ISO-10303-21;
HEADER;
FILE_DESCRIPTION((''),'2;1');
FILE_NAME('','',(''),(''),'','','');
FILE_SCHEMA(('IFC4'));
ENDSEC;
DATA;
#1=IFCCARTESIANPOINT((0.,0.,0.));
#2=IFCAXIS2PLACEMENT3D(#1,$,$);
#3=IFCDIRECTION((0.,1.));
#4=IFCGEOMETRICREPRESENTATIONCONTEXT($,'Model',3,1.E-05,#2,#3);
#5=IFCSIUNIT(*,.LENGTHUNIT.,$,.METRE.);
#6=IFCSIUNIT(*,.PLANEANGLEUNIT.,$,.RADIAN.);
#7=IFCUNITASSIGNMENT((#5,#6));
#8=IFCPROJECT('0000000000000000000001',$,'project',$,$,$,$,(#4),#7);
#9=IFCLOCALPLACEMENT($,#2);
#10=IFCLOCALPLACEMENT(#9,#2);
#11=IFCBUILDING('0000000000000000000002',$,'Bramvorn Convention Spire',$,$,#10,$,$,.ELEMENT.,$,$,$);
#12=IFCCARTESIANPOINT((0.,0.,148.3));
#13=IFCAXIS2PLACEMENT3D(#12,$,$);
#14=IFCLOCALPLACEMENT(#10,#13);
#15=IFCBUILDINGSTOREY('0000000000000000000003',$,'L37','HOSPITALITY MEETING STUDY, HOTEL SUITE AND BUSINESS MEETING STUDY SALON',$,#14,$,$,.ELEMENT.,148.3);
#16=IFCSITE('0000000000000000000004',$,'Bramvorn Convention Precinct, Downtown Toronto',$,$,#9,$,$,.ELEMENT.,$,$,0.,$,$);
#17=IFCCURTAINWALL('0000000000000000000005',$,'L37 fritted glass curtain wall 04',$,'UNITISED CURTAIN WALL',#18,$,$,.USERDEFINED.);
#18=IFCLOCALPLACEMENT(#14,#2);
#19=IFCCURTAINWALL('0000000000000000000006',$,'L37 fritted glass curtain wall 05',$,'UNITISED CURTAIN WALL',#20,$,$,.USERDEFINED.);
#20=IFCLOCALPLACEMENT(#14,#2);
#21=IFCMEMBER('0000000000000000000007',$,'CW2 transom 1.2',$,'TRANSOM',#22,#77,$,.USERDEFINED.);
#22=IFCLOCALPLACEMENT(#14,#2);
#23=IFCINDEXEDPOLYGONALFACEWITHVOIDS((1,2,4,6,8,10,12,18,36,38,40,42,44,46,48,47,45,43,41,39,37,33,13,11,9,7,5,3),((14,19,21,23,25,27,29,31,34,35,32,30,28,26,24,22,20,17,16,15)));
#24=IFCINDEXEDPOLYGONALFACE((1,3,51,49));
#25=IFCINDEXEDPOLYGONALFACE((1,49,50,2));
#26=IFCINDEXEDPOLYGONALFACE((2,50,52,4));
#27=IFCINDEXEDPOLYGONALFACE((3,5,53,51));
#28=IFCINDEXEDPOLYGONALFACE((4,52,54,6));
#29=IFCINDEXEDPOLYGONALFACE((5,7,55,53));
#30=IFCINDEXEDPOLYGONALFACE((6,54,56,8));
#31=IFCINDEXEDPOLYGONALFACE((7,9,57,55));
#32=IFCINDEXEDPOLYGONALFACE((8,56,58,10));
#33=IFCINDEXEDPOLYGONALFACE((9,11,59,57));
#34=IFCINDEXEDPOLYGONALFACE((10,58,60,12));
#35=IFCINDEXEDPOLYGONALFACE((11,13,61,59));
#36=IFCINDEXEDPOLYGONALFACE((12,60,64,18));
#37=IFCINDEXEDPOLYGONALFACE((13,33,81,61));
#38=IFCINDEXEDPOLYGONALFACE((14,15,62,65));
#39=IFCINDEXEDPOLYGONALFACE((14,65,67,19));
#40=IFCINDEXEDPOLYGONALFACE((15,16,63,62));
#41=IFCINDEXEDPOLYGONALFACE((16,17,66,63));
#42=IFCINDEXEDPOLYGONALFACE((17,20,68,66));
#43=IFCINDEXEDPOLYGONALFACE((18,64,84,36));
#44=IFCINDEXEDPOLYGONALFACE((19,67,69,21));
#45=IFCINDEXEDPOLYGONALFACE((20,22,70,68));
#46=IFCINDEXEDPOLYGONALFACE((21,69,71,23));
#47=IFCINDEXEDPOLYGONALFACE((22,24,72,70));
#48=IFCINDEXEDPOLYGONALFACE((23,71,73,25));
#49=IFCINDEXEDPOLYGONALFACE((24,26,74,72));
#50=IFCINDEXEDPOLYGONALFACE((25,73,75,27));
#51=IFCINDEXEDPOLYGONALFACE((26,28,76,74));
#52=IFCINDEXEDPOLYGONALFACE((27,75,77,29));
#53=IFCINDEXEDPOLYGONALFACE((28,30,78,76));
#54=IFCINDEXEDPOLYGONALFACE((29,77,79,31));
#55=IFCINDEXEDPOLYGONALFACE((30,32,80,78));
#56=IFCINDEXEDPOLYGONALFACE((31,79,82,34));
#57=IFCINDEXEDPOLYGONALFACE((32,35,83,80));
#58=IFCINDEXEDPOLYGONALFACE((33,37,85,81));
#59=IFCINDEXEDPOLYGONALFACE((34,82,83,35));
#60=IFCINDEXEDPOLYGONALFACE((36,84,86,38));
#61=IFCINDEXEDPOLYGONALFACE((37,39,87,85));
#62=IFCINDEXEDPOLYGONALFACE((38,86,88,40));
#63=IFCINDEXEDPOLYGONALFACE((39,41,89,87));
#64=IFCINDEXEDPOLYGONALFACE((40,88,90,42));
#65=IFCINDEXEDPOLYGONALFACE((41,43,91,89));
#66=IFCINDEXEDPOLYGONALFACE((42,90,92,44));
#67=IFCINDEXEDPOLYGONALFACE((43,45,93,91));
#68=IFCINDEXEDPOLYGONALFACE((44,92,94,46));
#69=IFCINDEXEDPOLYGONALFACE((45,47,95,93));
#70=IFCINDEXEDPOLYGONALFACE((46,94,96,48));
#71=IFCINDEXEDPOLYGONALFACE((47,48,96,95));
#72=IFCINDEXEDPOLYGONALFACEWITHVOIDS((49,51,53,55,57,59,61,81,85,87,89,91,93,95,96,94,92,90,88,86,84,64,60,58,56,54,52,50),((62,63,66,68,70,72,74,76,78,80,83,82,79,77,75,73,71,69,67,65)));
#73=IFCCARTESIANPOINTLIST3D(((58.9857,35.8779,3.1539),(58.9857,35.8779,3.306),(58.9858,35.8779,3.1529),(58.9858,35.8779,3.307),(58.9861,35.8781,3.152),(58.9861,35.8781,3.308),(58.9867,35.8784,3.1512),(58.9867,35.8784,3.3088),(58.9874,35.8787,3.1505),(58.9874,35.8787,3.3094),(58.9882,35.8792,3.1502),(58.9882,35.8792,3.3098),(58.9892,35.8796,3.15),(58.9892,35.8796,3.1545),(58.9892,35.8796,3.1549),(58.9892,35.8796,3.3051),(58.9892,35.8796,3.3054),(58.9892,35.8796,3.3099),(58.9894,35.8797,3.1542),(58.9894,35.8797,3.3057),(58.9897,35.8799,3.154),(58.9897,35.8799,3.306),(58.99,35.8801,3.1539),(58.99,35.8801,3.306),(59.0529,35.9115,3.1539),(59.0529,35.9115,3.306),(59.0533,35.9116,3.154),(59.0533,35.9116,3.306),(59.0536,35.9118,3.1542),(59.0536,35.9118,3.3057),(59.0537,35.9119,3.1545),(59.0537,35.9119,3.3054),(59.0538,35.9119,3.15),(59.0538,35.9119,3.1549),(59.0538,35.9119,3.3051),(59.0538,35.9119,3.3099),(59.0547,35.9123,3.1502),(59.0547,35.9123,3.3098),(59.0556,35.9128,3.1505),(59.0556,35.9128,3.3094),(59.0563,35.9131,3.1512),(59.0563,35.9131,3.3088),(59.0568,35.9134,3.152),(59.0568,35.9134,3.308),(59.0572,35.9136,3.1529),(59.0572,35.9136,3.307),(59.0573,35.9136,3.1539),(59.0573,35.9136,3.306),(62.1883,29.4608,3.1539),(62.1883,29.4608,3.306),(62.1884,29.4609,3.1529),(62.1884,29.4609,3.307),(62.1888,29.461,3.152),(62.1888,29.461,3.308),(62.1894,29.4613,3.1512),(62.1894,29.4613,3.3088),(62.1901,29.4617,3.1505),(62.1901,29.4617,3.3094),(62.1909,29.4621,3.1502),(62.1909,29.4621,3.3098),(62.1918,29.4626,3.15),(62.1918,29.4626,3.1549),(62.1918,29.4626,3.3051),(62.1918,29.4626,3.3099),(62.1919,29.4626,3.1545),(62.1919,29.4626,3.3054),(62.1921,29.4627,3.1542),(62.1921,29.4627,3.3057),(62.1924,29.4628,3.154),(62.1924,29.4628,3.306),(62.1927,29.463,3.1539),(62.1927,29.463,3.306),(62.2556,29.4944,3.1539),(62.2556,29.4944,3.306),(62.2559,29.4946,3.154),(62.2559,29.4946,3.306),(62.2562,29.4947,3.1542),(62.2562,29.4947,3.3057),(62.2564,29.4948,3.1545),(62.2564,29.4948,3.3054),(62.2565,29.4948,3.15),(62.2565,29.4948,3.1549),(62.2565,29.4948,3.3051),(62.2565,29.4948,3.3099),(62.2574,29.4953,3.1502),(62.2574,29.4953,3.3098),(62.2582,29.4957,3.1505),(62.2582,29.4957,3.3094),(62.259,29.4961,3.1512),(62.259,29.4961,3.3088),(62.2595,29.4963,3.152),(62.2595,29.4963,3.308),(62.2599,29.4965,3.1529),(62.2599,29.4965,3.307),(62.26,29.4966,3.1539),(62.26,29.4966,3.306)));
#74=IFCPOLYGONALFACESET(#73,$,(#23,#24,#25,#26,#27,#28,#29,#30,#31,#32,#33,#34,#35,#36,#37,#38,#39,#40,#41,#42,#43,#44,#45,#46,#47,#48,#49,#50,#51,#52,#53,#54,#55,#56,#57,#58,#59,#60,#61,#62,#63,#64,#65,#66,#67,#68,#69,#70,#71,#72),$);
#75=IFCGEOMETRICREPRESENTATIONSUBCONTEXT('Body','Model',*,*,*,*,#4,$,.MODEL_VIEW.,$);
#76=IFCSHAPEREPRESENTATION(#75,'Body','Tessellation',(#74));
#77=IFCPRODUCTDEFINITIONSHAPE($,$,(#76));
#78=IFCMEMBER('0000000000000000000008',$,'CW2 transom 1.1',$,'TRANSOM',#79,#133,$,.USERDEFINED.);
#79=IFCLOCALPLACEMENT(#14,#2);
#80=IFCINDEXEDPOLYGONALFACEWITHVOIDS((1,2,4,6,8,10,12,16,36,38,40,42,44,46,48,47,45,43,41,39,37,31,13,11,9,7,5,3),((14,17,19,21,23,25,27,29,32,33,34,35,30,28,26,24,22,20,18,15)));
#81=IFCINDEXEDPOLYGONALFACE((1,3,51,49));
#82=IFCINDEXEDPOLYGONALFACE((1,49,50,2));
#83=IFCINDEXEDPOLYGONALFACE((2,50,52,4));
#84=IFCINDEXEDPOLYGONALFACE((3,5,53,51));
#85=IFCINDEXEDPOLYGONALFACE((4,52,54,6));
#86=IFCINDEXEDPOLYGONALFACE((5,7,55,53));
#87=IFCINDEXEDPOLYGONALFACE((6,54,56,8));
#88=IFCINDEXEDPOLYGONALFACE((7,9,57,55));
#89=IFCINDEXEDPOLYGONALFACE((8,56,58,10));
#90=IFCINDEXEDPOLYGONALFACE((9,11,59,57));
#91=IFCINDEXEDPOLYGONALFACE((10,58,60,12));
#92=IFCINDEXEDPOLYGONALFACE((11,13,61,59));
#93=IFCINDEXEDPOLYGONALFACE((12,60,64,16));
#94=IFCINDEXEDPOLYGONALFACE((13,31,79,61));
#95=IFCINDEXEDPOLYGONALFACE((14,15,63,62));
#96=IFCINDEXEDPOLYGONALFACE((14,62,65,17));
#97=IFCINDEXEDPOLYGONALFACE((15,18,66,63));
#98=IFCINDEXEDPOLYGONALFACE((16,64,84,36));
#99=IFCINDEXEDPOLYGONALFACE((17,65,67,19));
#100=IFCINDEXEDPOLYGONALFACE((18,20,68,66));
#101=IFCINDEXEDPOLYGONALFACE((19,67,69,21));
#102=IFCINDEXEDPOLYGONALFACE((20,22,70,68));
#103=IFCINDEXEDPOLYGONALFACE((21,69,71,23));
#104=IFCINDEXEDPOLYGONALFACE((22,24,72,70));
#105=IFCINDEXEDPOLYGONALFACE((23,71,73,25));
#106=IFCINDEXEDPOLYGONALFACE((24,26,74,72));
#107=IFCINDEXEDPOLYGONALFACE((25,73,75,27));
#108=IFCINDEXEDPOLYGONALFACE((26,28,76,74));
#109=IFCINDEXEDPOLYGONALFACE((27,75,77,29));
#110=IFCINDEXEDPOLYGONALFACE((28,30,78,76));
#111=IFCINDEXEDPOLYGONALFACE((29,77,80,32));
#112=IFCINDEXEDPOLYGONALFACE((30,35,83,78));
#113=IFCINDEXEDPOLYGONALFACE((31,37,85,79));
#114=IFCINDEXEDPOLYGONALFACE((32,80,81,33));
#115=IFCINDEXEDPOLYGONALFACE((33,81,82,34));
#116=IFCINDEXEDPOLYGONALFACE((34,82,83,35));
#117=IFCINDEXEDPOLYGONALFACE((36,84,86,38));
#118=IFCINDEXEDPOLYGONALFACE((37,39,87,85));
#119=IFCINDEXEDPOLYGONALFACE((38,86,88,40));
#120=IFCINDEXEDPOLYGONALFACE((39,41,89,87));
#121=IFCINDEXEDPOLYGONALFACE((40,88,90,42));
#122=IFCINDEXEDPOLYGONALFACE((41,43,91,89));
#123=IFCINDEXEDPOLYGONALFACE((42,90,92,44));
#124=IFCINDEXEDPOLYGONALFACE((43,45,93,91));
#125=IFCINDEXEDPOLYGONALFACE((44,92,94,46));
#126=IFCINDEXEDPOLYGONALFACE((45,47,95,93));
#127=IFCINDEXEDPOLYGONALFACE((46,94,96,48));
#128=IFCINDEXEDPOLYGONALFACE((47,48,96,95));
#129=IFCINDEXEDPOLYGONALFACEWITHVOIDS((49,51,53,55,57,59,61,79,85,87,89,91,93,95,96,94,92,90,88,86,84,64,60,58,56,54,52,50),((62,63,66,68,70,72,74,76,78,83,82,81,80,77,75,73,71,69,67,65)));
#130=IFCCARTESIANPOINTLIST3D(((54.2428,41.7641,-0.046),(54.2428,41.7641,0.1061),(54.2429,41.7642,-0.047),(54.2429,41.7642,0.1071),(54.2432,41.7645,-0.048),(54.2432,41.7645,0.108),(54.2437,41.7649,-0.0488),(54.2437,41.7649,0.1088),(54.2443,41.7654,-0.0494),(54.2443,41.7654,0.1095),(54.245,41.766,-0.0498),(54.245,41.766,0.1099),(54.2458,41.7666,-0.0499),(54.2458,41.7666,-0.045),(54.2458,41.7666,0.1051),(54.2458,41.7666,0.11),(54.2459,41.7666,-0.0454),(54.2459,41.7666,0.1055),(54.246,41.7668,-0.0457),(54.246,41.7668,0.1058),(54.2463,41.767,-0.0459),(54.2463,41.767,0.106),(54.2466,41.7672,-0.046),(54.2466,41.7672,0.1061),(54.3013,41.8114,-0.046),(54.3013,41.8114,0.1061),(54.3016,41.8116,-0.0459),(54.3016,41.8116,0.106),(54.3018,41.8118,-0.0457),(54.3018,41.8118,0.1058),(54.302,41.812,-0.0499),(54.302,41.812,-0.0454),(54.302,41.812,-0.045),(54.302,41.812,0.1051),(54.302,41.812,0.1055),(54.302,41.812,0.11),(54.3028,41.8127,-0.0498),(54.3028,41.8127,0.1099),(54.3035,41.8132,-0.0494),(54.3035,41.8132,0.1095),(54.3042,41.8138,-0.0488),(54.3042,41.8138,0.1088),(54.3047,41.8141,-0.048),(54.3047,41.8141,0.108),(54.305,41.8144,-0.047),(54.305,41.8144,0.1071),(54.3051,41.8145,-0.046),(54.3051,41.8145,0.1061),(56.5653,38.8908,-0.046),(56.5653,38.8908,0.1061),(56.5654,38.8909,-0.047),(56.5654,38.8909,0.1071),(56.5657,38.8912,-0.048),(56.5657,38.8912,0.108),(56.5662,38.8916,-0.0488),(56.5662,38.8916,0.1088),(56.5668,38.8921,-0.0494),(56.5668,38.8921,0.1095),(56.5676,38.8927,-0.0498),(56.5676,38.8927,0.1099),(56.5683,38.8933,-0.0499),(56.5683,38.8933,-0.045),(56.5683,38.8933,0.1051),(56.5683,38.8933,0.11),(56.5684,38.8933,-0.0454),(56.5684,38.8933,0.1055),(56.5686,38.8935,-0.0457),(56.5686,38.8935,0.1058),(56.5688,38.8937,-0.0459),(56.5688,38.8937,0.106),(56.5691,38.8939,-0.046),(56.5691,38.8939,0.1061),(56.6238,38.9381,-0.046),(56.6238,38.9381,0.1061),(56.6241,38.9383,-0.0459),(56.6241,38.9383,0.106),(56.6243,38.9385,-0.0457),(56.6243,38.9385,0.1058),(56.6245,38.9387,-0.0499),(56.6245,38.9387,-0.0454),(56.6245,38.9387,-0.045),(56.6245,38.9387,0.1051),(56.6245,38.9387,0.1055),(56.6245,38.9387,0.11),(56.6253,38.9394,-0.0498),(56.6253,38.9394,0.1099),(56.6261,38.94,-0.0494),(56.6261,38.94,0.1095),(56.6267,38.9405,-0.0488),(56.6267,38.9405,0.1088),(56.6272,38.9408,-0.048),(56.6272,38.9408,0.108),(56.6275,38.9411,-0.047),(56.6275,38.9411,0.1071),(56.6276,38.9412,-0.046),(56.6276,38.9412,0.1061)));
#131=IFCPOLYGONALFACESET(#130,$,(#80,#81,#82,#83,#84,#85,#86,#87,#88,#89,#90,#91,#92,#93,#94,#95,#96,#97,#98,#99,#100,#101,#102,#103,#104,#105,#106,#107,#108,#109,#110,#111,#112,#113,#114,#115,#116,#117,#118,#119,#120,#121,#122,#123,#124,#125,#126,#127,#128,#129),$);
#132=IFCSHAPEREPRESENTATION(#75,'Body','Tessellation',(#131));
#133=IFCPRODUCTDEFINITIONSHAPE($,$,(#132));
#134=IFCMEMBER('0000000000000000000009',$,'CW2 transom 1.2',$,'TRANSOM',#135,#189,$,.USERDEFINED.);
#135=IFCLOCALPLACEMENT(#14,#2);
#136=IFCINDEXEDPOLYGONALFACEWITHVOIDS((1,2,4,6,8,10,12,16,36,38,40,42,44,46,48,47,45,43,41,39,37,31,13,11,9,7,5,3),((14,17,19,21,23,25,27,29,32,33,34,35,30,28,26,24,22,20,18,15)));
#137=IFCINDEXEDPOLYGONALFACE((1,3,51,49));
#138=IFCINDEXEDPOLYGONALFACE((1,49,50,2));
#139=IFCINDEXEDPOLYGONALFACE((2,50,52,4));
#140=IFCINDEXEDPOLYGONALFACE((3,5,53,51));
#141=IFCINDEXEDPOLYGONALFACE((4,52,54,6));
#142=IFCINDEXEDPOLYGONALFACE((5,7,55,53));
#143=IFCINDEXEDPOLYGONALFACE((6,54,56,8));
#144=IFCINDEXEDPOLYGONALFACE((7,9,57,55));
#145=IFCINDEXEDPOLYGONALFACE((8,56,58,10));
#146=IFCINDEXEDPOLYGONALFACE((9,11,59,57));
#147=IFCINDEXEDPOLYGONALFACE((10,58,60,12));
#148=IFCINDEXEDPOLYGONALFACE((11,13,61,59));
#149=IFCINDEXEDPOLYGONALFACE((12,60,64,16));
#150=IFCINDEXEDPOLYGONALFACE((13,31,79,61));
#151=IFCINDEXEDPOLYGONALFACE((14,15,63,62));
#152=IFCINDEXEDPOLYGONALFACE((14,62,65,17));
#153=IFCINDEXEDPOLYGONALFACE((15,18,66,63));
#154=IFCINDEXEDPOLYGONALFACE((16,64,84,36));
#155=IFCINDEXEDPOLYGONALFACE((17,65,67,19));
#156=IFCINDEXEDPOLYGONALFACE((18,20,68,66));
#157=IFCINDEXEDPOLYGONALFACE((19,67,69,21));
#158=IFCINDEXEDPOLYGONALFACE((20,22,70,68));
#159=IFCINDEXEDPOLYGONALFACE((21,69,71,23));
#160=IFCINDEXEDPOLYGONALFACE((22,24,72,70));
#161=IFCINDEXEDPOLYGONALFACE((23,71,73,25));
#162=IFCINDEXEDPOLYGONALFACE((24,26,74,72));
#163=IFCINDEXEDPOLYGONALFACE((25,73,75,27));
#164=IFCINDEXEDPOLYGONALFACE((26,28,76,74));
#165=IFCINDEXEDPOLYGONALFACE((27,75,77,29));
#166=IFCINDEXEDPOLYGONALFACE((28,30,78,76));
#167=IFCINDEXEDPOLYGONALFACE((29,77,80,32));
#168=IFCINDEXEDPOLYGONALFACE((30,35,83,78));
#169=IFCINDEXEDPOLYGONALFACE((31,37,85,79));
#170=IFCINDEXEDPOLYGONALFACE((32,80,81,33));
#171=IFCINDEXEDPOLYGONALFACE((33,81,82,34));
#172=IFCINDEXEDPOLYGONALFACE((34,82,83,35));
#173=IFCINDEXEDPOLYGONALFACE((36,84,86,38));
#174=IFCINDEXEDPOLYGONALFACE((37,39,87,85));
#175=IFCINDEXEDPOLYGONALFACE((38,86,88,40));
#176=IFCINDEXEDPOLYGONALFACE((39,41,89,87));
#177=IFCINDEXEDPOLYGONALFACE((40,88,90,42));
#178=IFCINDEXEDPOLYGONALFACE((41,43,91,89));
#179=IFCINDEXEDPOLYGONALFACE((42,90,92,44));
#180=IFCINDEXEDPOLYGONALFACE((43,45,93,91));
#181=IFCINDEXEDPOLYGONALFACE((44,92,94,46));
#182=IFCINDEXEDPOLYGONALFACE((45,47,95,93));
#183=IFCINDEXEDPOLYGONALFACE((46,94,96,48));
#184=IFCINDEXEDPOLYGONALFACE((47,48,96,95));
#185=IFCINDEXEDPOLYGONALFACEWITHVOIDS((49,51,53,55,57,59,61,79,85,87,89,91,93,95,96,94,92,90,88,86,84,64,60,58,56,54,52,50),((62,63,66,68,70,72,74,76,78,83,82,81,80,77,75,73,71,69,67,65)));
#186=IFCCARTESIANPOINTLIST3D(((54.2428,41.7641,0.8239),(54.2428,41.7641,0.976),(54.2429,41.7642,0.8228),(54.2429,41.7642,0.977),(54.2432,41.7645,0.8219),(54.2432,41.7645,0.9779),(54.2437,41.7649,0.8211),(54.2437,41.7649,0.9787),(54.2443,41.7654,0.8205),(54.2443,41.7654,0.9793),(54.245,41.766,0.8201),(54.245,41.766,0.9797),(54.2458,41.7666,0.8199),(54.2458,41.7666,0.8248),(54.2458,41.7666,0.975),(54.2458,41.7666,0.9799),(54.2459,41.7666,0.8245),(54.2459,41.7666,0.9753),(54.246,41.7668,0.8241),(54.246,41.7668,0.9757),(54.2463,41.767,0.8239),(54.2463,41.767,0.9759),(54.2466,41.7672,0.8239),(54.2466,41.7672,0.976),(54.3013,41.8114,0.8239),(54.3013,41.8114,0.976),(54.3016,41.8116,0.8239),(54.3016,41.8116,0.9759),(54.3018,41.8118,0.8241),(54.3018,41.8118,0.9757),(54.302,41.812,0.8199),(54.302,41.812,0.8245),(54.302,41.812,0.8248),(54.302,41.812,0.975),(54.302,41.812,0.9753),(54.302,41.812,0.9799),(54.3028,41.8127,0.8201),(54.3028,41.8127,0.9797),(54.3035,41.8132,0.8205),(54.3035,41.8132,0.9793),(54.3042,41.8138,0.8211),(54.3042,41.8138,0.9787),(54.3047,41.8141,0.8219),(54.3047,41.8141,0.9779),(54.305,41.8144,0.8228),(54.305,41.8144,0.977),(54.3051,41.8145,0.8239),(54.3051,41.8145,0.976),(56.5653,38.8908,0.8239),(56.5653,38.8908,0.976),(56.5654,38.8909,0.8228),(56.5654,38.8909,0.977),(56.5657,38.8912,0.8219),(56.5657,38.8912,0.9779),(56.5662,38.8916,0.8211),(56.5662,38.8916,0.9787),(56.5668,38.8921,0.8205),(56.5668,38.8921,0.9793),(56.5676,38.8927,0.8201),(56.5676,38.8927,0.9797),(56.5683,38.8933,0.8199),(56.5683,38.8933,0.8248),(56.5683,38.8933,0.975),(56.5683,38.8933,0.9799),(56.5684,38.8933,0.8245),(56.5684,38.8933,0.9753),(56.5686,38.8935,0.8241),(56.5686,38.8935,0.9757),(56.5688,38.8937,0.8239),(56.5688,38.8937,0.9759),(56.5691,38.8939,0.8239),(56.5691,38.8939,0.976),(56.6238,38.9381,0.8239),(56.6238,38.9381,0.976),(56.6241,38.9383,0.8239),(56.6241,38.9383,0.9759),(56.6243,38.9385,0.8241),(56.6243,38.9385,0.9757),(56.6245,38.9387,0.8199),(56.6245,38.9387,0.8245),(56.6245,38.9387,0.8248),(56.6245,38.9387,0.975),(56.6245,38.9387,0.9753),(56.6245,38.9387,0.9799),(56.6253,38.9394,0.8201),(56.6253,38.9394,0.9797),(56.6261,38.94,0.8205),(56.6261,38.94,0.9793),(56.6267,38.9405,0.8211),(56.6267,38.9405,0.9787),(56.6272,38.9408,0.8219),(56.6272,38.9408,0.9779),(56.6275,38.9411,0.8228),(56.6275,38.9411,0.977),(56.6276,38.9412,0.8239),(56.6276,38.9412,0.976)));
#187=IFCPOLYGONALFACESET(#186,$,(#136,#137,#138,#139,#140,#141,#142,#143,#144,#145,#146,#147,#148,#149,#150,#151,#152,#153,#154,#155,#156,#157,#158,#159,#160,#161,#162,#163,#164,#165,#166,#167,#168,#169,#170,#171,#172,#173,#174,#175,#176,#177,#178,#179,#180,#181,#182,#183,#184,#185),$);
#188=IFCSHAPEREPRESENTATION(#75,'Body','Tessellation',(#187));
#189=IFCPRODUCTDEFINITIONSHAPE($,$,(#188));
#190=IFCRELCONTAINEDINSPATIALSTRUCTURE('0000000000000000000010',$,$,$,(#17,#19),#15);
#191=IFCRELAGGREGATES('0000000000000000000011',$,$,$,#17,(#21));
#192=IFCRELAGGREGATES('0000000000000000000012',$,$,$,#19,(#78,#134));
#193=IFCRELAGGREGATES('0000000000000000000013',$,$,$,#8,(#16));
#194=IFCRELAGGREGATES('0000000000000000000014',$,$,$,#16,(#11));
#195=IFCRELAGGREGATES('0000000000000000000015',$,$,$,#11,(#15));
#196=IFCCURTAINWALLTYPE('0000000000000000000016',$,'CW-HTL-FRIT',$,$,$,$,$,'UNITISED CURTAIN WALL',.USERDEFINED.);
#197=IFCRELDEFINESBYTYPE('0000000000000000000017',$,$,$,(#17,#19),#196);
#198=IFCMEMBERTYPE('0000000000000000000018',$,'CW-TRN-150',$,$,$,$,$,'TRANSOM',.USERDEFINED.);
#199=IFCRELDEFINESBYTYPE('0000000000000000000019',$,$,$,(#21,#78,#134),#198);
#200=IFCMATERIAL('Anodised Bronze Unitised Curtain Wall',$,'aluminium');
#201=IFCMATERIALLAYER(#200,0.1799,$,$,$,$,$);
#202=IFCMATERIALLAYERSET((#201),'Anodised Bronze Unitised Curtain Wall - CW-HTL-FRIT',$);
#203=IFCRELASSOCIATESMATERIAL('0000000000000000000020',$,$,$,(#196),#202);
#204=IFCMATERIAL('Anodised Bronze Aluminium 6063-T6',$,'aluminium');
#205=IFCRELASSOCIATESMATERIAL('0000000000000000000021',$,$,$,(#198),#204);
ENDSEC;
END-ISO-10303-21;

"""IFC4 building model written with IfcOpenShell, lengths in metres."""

from ifc_helpers import new_model, si_unit, direction, frame, origin, origin_2d, place, context, subcontext, project, spatial, hollow_rectangle, extrude, material, layer, layer_set, material_profile, profile_set, type_object, element, aggregate, save


model = new_model("IFC4")

# Units and contexts
model_context = context("Model", 3, precision=1e-05, world=origin(), true_north=direction((0.0, 1.0)))
body_context = subcontext(model_context, "Body", "Model", "MODEL_VIEW")
ifc_project = project(units=[si_unit("LENGTHUNIT", "METRE"), si_unit("PLANEANGLEUNIT", "RADIAN")], contexts=[model_context])

# Site, building, storey
site_placement = place(None, origin())
site = spatial("IfcSite", under=ifc_project, at=site_placement, Name="Bramvorn Convention Precinct, Downtown Toronto", CompositionType="ELEMENT", RefElevation=0.0)
building_placement = place(site_placement, origin())
building = spatial("IfcBuilding", under=site, at=building_placement, Name="Bramvorn Convention Spire", CompositionType="ELEMENT")
storey_placement = place(building_placement, frame((0.0, 0.0, 148.3)))
storey = spatial("IfcBuildingStorey", under=building, at=storey_placement, Name="L37", Description="HOSPITALITY MEETING STUDY, HOTEL SUITE AND BUSINESS MEETING STUDY SALON", CompositionType="ELEMENT", Elevation=148.3)

# Curtain wall
ifc_material_1 = material(Name="Anodised Bronze Unitised Curtain Wall", Category="aluminium")
ifc_layer_1 = layer(ifc_material_1, 0.1799)
ifc_layer_set_1 = layer_set([ifc_layer_1], Name="Anodised Bronze Unitised Curtain Wall - CW-HTL-FRIT")
curtain_wall_type = type_object("IfcCurtainWallType", Name="CW-HTL-FRIT", ElementType="UNITISED CURTAIN WALL", PredefinedType="USERDEFINED", material=ifc_layer_set_1)
curtain_wall_1_placement = place(storey_placement, origin())
curtain_wall_1 = element("IfcCurtainWall", 1, at=curtain_wall_1_placement, inside=storey, type_object=curtain_wall_type, Name="L37 fritted glass curtain wall 04", ObjectType="UNITISED CURTAIN WALL", PredefinedType="USERDEFINED")
ifc_material_2 = material(Name="Anodised Bronze Aluminium 6063-T6", Category="aluminium")

# Curtain wall
curtain_wall_2_placement = place(storey_placement, origin())
curtain_wall_2 = element("IfcCurtainWall", 2, at=curtain_wall_2_placement, inside=storey, type_object=curtain_wall_type, Name="L37 fritted glass curtain wall 05", ObjectType="UNITISED CURTAIN WALL", PredefinedType="USERDEFINED")

# Members
ifc_material_profile_1 = material_profile(ifc_material_2, hollow_rectangle(XDim=0.0801, YDim=0.1599, WallThickness=0.0039, InnerFilletRadius=0.001, OuterFilletRadius=0.0039, at=origin_2d()))
ifc_profile_set_1 = profile_set([ifc_material_profile_1], Name="Anodised Bronze Aluminium 6063-T6 - CWT80X160")
member_type_1 = type_object("IfcMemberType", Name="CW-TRN-150", ElementType="TRANSOM", PredefinedType="USERDEFINED", material=ifc_profile_set_1)
member_1_placement = place(storey_placement, frame((59.0215, 35.8958, 3.23), z_axis=(0.44656, -0.894754, 0.0), x_axis=(0.894754, 0.44656, 0.0)))
member_1 = element("IfcMember", 3, at=member_1_placement, type_object=member_type_1, Name="CW2 transom 1.2", ObjectType="TRANSOM", PredefinedType="USERDEFINED", context=body_context, shape_type="SweptSolid", body=[
    extrude(hollow_rectangle(XDim=0.0801, YDim=0.1599, WallThickness=0.0039, InnerFilletRadius=0.001, OuterFilletRadius=0.0039, at=origin_2d()), origin(), (0.0, 0.0, 1.0), 7.1719),
])
aggregate(curtain_wall_1, [member_1])
member_2_placement = place(storey_placement, frame((54.2739, 41.7893, 0.03), z_axis=(0.628628, -0.777706, 0.0), x_axis=(0.777706, 0.628628, 0.0)))
member_2 = element("IfcMember", 4, at=member_2_placement, type_object=member_type_1, Name="CW2 transom 1.1", ObjectType="TRANSOM", PredefinedType="USERDEFINED", context=body_context, shape_type="SweptSolid", body=[
    extrude(hollow_rectangle(XDim=0.0801, YDim=0.1599, WallThickness=0.0039, InnerFilletRadius=0.001, OuterFilletRadius=0.0039, at=origin_2d()), origin(), (0.0, 0.0, 1.0), 3.6946),
])
member_3_placement = place(storey_placement, frame((54.2739, 41.7893, 0.8999), z_axis=(0.628628, -0.777706, 0.0), x_axis=(0.777706, 0.628628, 0.0)))
member_3 = element("IfcMember", 5, at=member_3_placement, type_object=member_type_1, Name="CW2 transom 1.2", ObjectType="TRANSOM", PredefinedType="USERDEFINED", context=body_context, shape_type="SweptSolid", body=[
    extrude(hollow_rectangle(XDim=0.0801, YDim=0.1599, WallThickness=0.0039, InnerFilletRadius=0.001, OuterFilletRadius=0.0039, at=origin_2d()), origin(), (0.0, 0.0, 1.0), 3.6946),
])

aggregate(curtain_wall_2, [member_2, member_3])

save(model, "model.ifc")
